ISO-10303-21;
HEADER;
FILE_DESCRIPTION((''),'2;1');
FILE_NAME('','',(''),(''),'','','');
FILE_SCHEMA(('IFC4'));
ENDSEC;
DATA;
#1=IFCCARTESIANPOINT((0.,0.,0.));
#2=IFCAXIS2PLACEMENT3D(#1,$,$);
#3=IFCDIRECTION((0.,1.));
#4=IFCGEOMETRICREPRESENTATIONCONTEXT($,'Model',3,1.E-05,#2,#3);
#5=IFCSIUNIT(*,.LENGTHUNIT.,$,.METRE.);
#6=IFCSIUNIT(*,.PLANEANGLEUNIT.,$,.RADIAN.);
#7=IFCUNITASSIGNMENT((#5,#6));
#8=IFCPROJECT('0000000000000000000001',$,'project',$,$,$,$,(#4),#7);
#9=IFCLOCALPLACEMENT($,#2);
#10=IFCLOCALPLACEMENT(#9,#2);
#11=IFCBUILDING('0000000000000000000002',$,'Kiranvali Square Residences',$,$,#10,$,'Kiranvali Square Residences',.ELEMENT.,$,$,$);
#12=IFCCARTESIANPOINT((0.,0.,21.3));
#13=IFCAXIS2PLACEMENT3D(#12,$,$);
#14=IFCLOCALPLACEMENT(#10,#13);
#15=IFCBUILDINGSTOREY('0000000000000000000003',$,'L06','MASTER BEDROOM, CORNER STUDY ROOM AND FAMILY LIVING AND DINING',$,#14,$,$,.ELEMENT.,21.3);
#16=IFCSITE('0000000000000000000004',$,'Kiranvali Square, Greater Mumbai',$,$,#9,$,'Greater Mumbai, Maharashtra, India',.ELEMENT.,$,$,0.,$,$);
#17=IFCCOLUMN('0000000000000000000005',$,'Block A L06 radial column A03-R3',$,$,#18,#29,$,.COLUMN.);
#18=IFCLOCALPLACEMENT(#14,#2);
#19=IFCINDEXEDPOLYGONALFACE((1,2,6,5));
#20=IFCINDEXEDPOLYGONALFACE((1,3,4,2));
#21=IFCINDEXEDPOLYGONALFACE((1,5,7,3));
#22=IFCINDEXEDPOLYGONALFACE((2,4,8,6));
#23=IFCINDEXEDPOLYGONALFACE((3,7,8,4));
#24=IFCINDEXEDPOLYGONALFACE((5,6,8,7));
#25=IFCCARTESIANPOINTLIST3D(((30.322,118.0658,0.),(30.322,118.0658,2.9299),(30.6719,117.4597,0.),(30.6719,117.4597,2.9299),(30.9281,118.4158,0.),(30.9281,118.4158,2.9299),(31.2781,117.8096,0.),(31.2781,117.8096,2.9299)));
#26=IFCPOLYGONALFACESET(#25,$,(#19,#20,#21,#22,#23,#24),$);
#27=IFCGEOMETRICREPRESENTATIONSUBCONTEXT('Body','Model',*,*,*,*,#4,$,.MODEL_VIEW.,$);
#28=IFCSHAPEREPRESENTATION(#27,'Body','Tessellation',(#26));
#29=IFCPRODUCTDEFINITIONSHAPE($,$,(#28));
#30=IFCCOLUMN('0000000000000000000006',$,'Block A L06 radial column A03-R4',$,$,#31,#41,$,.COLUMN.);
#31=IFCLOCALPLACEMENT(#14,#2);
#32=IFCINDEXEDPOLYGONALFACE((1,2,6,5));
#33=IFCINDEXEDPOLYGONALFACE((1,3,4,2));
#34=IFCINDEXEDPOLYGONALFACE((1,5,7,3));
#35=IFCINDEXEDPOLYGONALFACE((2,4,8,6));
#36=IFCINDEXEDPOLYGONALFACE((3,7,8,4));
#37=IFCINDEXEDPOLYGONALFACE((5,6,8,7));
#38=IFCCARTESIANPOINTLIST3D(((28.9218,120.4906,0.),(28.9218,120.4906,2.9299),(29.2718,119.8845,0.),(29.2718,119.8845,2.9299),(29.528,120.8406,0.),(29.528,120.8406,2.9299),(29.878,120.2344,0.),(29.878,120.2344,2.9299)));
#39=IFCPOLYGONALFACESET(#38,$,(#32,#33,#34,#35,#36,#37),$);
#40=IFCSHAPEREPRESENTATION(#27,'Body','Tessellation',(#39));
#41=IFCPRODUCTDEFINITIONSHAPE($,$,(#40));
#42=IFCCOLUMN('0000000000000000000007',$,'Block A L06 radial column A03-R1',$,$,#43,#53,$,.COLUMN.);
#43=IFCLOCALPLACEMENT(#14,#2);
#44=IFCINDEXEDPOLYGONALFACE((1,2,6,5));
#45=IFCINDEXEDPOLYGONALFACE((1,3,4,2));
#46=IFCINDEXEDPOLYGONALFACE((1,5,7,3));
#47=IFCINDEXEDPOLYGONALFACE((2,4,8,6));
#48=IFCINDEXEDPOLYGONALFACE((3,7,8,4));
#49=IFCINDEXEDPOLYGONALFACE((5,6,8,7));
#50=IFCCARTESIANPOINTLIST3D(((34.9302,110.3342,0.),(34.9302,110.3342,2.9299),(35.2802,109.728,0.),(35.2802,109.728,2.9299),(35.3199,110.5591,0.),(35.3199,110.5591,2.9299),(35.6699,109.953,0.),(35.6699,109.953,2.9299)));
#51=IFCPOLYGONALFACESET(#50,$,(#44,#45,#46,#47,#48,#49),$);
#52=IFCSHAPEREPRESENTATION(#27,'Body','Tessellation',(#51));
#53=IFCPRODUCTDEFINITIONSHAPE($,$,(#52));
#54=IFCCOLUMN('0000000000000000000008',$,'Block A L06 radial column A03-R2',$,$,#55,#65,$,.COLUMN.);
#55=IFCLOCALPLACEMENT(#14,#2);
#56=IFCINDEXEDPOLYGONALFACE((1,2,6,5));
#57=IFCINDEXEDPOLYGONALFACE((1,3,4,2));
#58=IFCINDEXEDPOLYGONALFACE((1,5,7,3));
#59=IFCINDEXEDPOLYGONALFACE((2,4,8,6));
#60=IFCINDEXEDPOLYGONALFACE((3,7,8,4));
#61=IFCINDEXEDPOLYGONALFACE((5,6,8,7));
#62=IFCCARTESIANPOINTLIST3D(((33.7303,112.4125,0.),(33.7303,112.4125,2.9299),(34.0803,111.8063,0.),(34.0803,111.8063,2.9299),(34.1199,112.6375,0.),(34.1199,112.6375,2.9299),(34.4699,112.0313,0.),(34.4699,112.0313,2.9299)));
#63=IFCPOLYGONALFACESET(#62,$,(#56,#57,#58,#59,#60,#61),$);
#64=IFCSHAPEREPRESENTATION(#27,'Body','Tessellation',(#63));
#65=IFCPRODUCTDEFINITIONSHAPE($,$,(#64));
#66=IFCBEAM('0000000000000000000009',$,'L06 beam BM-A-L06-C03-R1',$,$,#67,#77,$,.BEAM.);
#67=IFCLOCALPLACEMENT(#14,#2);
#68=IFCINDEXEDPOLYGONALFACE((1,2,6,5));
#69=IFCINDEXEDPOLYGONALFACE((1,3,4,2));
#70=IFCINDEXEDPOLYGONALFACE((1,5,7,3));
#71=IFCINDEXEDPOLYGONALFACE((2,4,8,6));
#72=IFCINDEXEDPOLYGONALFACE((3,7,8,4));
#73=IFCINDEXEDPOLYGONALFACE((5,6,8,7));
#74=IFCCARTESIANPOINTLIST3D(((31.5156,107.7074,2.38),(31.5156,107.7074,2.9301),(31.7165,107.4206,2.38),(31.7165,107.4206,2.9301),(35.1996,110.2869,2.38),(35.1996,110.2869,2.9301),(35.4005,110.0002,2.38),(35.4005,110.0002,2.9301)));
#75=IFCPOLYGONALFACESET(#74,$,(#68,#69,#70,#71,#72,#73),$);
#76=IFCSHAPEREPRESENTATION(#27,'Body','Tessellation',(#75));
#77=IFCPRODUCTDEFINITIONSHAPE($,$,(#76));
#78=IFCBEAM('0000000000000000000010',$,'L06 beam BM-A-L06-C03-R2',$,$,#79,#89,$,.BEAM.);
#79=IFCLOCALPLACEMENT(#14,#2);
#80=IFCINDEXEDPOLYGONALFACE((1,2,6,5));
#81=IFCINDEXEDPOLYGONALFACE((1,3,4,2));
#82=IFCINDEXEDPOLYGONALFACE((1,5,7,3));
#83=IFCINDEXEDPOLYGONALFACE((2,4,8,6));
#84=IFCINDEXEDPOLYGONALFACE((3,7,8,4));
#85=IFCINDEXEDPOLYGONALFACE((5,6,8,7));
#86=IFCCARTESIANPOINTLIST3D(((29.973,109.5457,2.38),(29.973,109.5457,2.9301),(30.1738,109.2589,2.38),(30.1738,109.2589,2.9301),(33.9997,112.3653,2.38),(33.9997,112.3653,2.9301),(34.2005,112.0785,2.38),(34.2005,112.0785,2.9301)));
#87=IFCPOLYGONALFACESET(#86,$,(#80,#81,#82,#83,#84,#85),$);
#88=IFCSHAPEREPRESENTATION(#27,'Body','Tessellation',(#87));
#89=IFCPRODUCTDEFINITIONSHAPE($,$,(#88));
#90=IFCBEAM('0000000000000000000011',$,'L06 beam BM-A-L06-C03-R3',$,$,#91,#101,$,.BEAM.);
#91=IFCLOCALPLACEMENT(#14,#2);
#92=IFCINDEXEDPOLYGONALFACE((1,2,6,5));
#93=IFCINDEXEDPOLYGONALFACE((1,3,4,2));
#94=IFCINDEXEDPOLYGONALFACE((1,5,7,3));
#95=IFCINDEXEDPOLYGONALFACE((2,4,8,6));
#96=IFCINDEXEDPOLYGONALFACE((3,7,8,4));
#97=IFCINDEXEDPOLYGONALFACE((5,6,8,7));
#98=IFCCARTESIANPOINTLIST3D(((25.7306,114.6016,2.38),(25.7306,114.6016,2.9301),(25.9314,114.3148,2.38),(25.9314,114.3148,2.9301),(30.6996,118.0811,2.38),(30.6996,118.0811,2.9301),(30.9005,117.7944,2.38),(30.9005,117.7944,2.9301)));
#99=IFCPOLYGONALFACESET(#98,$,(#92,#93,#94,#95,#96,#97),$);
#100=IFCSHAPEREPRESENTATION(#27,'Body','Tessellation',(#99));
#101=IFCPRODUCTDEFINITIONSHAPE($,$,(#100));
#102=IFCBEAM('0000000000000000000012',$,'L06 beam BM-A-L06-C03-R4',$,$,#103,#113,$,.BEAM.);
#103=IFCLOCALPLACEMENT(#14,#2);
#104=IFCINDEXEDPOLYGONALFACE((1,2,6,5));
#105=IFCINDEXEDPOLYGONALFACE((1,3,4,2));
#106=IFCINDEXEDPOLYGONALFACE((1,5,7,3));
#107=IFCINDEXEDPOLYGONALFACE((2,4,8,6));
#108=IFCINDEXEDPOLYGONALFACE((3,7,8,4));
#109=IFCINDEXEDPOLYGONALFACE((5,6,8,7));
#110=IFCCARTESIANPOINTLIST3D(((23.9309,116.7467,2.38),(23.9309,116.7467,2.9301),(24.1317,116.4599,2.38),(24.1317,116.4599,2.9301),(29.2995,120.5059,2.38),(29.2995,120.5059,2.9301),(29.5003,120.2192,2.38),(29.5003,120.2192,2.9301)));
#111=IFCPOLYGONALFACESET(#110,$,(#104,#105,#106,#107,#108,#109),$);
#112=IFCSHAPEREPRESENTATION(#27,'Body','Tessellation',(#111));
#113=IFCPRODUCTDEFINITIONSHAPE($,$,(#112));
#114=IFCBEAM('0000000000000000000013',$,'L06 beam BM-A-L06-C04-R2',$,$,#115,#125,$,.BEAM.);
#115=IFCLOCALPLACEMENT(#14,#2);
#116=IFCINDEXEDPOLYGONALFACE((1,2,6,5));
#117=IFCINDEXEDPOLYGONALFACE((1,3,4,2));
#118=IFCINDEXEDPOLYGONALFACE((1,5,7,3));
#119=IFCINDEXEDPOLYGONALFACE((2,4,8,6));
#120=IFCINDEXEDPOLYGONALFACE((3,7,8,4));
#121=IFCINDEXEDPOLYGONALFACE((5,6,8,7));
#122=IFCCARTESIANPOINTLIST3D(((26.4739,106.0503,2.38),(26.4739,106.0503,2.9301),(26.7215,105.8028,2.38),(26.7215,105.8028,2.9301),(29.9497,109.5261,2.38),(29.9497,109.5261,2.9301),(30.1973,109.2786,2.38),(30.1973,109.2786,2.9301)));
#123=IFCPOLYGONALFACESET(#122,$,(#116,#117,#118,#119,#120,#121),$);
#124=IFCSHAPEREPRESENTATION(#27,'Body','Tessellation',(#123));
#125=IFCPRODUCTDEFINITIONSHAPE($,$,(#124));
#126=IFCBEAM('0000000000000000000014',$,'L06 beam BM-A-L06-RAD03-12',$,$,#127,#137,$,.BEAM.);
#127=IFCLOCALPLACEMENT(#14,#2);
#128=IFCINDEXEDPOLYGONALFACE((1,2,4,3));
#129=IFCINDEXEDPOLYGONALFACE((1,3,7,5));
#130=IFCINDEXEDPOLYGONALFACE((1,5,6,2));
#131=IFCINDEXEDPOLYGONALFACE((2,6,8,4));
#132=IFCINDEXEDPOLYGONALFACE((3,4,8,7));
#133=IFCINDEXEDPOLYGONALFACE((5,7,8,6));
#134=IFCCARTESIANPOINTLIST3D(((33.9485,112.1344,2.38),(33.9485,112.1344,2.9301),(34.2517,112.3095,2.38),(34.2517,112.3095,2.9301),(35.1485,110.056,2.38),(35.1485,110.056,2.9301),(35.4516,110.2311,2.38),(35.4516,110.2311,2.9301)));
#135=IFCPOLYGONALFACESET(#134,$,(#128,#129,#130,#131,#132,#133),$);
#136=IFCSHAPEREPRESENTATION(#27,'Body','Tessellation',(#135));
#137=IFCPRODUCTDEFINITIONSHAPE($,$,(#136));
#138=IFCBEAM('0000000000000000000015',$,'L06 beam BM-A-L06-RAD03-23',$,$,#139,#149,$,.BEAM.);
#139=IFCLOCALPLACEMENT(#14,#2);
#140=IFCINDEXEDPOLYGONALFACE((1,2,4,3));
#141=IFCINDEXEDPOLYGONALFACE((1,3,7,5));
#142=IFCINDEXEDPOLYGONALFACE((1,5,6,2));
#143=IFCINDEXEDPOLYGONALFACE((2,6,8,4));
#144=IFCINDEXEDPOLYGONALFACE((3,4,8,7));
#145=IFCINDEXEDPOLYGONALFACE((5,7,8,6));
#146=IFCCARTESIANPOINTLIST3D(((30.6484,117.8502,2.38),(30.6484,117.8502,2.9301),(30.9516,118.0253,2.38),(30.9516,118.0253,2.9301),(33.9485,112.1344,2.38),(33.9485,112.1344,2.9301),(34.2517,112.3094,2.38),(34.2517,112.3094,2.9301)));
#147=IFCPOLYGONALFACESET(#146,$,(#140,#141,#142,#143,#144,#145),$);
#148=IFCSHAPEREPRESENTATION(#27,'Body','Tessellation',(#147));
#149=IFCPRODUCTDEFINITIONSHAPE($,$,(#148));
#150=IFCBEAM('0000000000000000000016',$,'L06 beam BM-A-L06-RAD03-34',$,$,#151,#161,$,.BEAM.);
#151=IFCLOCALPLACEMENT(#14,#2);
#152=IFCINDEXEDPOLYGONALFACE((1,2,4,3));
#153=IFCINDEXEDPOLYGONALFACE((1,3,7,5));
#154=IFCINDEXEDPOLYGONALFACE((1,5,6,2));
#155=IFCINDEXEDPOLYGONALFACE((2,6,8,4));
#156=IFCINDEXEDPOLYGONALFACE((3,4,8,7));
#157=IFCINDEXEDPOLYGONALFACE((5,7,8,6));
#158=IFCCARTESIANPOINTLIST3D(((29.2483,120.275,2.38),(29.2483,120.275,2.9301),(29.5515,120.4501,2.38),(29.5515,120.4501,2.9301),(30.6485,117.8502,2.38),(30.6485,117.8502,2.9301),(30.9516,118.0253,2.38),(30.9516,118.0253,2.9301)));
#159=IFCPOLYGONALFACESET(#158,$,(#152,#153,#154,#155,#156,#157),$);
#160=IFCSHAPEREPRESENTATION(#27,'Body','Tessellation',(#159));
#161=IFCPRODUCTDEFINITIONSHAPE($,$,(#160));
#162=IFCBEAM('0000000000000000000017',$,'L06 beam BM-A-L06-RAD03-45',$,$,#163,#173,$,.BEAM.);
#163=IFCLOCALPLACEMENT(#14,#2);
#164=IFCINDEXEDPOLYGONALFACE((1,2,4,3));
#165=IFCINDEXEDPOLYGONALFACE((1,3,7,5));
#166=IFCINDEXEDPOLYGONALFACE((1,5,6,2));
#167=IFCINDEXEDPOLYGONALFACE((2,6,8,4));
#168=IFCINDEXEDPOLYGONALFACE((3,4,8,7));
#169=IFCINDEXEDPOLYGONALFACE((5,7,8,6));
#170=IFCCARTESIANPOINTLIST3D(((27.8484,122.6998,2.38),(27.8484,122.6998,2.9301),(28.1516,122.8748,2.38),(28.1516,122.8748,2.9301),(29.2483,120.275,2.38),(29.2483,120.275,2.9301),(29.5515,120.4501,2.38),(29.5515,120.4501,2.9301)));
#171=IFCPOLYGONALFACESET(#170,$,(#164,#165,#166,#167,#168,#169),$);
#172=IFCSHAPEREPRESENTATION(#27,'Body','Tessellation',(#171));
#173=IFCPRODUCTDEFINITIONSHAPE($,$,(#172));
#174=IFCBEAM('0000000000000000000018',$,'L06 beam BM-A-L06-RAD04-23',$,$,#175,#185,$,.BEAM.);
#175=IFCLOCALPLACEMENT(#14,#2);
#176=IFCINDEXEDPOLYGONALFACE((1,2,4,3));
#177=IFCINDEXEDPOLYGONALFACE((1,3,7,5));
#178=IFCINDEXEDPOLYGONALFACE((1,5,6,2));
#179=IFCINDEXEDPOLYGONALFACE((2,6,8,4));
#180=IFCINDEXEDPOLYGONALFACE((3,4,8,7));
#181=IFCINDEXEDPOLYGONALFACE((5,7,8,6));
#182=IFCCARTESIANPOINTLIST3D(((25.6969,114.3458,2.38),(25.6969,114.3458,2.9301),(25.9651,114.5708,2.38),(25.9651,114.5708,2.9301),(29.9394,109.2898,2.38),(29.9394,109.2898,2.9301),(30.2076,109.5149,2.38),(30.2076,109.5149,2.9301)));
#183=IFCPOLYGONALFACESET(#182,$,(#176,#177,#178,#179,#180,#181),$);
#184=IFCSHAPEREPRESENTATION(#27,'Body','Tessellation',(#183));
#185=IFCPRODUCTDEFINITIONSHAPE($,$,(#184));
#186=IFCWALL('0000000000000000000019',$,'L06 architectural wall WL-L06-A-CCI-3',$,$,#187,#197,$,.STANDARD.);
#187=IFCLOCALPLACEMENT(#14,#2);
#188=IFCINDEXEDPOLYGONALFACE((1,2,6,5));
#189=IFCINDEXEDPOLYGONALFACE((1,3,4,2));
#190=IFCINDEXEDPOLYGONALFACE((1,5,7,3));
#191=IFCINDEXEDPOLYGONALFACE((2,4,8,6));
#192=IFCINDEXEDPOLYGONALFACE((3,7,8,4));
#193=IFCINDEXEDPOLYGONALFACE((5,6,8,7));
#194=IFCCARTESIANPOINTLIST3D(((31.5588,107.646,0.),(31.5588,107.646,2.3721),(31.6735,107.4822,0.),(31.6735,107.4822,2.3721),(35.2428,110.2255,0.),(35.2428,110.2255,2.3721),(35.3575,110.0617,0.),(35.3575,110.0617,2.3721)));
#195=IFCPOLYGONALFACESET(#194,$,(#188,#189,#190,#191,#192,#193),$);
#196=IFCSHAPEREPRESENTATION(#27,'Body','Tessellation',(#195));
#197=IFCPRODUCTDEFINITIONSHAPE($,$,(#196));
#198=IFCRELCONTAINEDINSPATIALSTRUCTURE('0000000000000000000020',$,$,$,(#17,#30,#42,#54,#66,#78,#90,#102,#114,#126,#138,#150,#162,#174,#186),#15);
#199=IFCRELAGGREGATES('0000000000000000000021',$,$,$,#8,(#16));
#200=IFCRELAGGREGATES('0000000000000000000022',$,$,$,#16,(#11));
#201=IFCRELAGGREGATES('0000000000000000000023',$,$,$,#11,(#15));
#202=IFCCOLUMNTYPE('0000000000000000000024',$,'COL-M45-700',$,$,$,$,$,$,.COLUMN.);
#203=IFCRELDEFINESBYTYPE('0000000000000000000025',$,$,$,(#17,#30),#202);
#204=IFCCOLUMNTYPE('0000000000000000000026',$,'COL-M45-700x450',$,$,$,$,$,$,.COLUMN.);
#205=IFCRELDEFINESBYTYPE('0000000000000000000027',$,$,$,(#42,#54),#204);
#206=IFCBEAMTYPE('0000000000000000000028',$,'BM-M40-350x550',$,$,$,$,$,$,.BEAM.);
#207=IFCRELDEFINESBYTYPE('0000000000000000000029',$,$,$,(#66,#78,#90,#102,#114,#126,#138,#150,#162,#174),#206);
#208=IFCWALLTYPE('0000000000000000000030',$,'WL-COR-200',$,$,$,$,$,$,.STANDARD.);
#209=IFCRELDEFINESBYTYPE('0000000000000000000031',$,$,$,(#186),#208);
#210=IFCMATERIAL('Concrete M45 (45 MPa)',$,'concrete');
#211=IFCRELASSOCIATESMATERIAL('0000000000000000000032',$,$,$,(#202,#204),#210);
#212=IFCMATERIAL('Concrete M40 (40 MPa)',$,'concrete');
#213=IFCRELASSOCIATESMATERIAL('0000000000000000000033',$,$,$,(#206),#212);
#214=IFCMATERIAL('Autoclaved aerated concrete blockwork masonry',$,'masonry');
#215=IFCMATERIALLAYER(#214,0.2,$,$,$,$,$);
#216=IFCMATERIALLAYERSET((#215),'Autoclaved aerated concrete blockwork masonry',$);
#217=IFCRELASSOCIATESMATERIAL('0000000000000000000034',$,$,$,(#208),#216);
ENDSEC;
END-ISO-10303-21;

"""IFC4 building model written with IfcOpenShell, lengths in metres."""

from ifc_helpers import new_model, si_unit, direction, frame, frame_2d, origin, origin_2d, place, context, subcontext, project, spatial, rectangle, extrude, material, layer, layer_set, material_profile, profile_set, type_object, element, save


model = new_model("IFC4")

# Units and contexts
model_context = context("Model", 3, precision=1e-05, world=origin(), true_north=direction((0.0, 1.0)))
body_context = subcontext(model_context, "Body", "Model", "MODEL_VIEW")
ifc_project = project(units=[si_unit("LENGTHUNIT", "METRE"), si_unit("PLANEANGLEUNIT", "RADIAN")], contexts=[model_context])

# Site, building, storey
site_placement = place(None, origin())
site = spatial("IfcSite", under=ifc_project, at=site_placement, Name="Kiranvali Square, Greater Mumbai", LongName="Greater Mumbai, Maharashtra, India", CompositionType="ELEMENT", RefElevation=0.0)
building_placement = place(site_placement, origin())
building = spatial("IfcBuilding", under=site, at=building_placement, Name="Kiranvali Square Residences", LongName="Kiranvali Square Residences", CompositionType="ELEMENT")
storey_placement = place(building_placement, frame((0.0, 0.0, 21.3)))
storey = spatial("IfcBuildingStorey", under=building, at=storey_placement, Name="L06", Description="MASTER BEDROOM, CORNER STUDY ROOM AND FAMILY LIVING AND DINING", CompositionType="ELEMENT", Elevation=21.3)

# Columns
ifc_material_1 = material(Name="Concrete M45 (45 MPa)", Category="concrete")
ifc_material_profile_1 = material_profile(ifc_material_1, rectangle(XDim=0.7, YDim=0.7, at=origin_2d()), Name="RC 700x700")
ifc_profile_set_1 = profile_set([ifc_material_profile_1], Name="Concrete M45 (45 MPa)")
column_type_1 = type_object("IfcColumnType", Name="COL-M45-700", PredefinedType="COLUMN", material=ifc_profile_set_1)
for number, where, z_axis, x_axis, name in (
    (1, (30.8, 117.9377, 0.0), (0.0, 0.0, 1.0), (0.866025, 0.5, 0.0), "Block A L06 radial column A03-R3"),
    (2, (29.3999, 120.3625, 0.0), (0.0, 0.0, 1.0), (0.866025, 0.5, 0.0), "Block A L06 radial column A03-R4"),
):
    element("IfcColumn", number, at=place(storey_placement, frame(where, z_axis=z_axis, x_axis=x_axis)), inside=storey, type_object=column_type_1, Name=name, PredefinedType="COLUMN", context=body_context, shape_type="SweptSolid", body=[
        extrude(rectangle(XDim=0.7, YDim=0.7, at=origin_2d()), origin(), (0.0, 0.0, 1.0), 2.9299),
    ])
ifc_material_profile_2 = material_profile(ifc_material_1, rectangle(XDim=0.45, YDim=0.7, at=origin_2d()), Name="RC 700x450")
ifc_profile_set_2 = profile_set([ifc_material_profile_2], Name="Concrete M45 (45 MPa)")
column_type_2 = type_object("IfcColumnType", Name="COL-M45-700x450", PredefinedType="COLUMN", material=ifc_profile_set_2)
for number, where, z_axis, x_axis, name in (
    (3, (35.3, 110.1436, 0.0), (0.0, 0.0, 1.0), (0.866025, 0.5, 0.0), "Block A L06 radial column A03-R1"),
    (4, (34.1001, 112.2219, 0.0), (0.0, 0.0, 1.0), (0.866025, 0.5, 0.0), "Block A L06 radial column A03-R2"),
):
    element("IfcColumn", number, at=place(storey_placement, frame(where, z_axis=z_axis, x_axis=x_axis)), inside=storey, type_object=column_type_2, Name=name, PredefinedType="COLUMN", context=body_context, shape_type="SweptSolid", body=[
        extrude(rectangle(XDim=0.45, YDim=0.7, at=origin_2d()), origin(), (0.0, 0.0, 1.0), 2.9299),
    ])

# Beams
ifc_material_2 = material(Name="Concrete M40 (40 MPa)", Category="concrete")
ifc_material_profile_3 = material_profile(ifc_material_2, rectangle(XDim=0.3501, YDim=0.55, at=origin_2d()), Name="RC 350x550")
ifc_profile_set_3 = profile_set([ifc_material_profile_3], Name="Concrete M40 (40 MPa)")
beam_type = type_object("IfcBeamType", Name="BM-M40-350x550", PredefinedType="BEAM", material=ifc_profile_set_3)
beam_1_placement = place(storey_placement, frame((35.3, 110.1436, 2.655), z_axis=(-0.819155, -0.573572, 0.0), x_axis=(0.573572, -0.819155, 0.0)))
element("IfcBeam", 5, at=beam_1_placement, inside=storey, type_object=beam_type, Name="L06 beam BM-A-L06-C03-R1", PredefinedType="BEAM", context=body_context, shape_type="SweptSolid", body=[
    extrude(rectangle(XDim=0.3501, YDim=0.55, at=origin_2d()), origin(), (0.0, 0.0, 1.0), 4.4973),
])
beam_2_placement = place(storey_placement, frame((34.1001, 112.2219, 2.655), z_axis=(-0.819141, -0.573592, 0.0), x_axis=(0.573592, -0.819141, 0.0)))
element("IfcBeam", 6, at=beam_2_placement, inside=storey, type_object=beam_type, Name="L06 beam BM-A-L06-C03-R2", PredefinedType="BEAM", context=body_context, shape_type="SweptSolid", body=[
    extrude(rectangle(XDim=0.3501, YDim=0.55, at=origin_2d()), origin(), (0.0, 0.0, 1.0), 4.9158),
])
beam_3_placement = place(storey_placement, frame((30.8, 117.9377, 2.655), z_axis=(-0.819139, -0.573595, 0.0), x_axis=(0.573595, -0.819139, 0.0)))
element("IfcBeam", 7, at=beam_3_placement, inside=storey, type_object=beam_type, Name="L06 beam BM-A-L06-C03-R3", PredefinedType="BEAM", context=body_context, shape_type="SweptSolid", body=[
    extrude(rectangle(XDim=0.3501, YDim=0.55, at=origin_2d()), origin(), (0.0, 0.0, 1.0), 6.0662),
])
beam_4_placement = place(storey_placement, frame((29.3999, 120.3625, 2.655), z_axis=(-0.819144, -0.573587, 0.0), x_axis=(0.573587, -0.819144, 0.0)))
element("IfcBeam", 8, at=beam_4_placement, inside=storey, type_object=beam_type, Name="L06 beam BM-A-L06-C03-R4", PredefinedType="BEAM", context=body_context, shape_type="SweptSolid", body=[
    extrude(rectangle(XDim=0.3501, YDim=0.55, at=origin_2d()), origin(), (0.0, 0.0, 1.0), 6.554),
])
beam_5_placement = place(storey_placement, frame((30.0735, 109.4023, 2.655), z_axis=(-0.707107, -0.707107, 0.0), x_axis=(0.707107, -0.707107, 0.0)))
element("IfcBeam", 9, at=beam_5_placement, inside=storey, type_object=beam_type, Name="L06 beam BM-A-L06-C04-R2", PredefinedType="BEAM", context=body_context, shape_type="SweptSolid", body=[
    extrude(rectangle(XDim=0.3501, YDim=0.55, at=origin_2d()), origin(), (0.0, 0.0, 1.0), 4.9155),
])
beam_6_placement = place(storey_placement, frame((35.3, 110.1436, 2.655), z_axis=(-0.500001, 0.866025, 0.0), x_axis=(-0.866025, -0.500001, 0.0)))
element("IfcBeam", 10, at=beam_6_placement, inside=storey, type_object=beam_type, Name="L06 beam BM-A-L06-RAD03-12", PredefinedType="BEAM", context=body_context, shape_type="SweptSolid", body=[
    extrude(rectangle(XDim=0.3501, YDim=0.55, at=origin_2d()), origin(), (0.0, 0.0, 1.0), 2.3999),
])
beam_7_placement = place(storey_placement, frame((34.1001, 112.2219, 2.655), z_axis=(-0.500002, 0.866024, 0.0), x_axis=(-0.866024, -0.500002, 0.0)))
element("IfcBeam", 11, at=beam_7_placement, inside=storey, type_object=beam_type, Name="L06 beam BM-A-L06-RAD03-23", PredefinedType="BEAM", context=body_context, shape_type="SweptSolid", body=[
    extrude(rectangle(XDim=0.3501, YDim=0.55, at=origin_2d()), origin(), (0.0, 0.0, 1.0), 6.6001),
])
beam_8_placement = place(storey_placement, frame((30.8, 117.9377, 2.655), z_axis=(-0.50005, 0.865997, 0.0), x_axis=(-0.865997, -0.50005, 0.0)))
element("IfcBeam", 12, at=beam_8_placement, inside=storey, type_object=beam_type, Name="L06 beam BM-A-L06-RAD03-34", PredefinedType="BEAM", context=body_context, shape_type="SweptSolid", body=[
    extrude(rectangle(XDim=0.3501, YDim=0.55, at=origin_2d()), origin(), (0.0, 0.0, 1.0), 2.8),
])
beam_9_placement = place(storey_placement, frame((29.3999, 120.3625, 2.655), z_axis=(-0.499984, 0.866035, 0.0), x_axis=(-0.866035, -0.499984, 0.0)))
element("IfcBeam", 13, at=beam_9_placement, inside=storey, type_object=beam_type, Name="L06 beam BM-A-L06-RAD03-45", PredefinedType="BEAM", context=body_context, shape_type="SweptSolid", body=[
    extrude(rectangle(XDim=0.3501, YDim=0.55, at=origin_2d()), origin(), (0.0, 0.0, 1.0), 2.7998),
])
beam_10_placement = place(storey_placement, frame((30.0735, 109.4023, 2.655), z_axis=(-0.642789, 0.766043, 0.0), x_axis=(-0.766043, -0.642789, 0.0)))
element("IfcBeam", 14, at=beam_10_placement, inside=storey, type_object=beam_type, Name="L06 beam BM-A-L06-RAD04-23", PredefinedType="BEAM", context=body_context, shape_type="SweptSolid", body=[
    extrude(rectangle(XDim=0.3501, YDim=0.55, at=origin_2d()), origin(), (0.0, 0.0, 1.0), 6.6001),
])

# Wall
ifc_material_3 = material(Name="Autoclaved aerated concrete blockwork masonry", Category="masonry")
ifc_layer_1 = layer(ifc_material_3, 0.2)
ifc_layer_set_1 = layer_set([ifc_layer_1], Name="Autoclaved aerated concrete blockwork masonry")
wall_type_1 = type_object("IfcWallType", Name="WL-COR-200", PredefinedType="STANDARD", material=ifc_layer_set_1)
wall_1_placement = place(storey_placement, frame((35.3, 110.1436, 0.0), z_axis=(0.0, 0.0, 1.0), x_axis=(-0.819155, -0.573572, 0.0)))
element("IfcWall", 15, at=wall_1_placement, inside=storey, type_object=wall_type_1, Name="L06 architectural wall WL-L06-A-CCI-3", PredefinedType="STANDARD", context=body_context, shape_type="SweptSolid", body=[
    extrude(rectangle(XDim=4.4973, YDim=0.2, at=frame_2d((2.2485, 0.0))), origin(), (0.0, 0.0, 1.0), 2.3721),
])

save(model, "model.ifc")
